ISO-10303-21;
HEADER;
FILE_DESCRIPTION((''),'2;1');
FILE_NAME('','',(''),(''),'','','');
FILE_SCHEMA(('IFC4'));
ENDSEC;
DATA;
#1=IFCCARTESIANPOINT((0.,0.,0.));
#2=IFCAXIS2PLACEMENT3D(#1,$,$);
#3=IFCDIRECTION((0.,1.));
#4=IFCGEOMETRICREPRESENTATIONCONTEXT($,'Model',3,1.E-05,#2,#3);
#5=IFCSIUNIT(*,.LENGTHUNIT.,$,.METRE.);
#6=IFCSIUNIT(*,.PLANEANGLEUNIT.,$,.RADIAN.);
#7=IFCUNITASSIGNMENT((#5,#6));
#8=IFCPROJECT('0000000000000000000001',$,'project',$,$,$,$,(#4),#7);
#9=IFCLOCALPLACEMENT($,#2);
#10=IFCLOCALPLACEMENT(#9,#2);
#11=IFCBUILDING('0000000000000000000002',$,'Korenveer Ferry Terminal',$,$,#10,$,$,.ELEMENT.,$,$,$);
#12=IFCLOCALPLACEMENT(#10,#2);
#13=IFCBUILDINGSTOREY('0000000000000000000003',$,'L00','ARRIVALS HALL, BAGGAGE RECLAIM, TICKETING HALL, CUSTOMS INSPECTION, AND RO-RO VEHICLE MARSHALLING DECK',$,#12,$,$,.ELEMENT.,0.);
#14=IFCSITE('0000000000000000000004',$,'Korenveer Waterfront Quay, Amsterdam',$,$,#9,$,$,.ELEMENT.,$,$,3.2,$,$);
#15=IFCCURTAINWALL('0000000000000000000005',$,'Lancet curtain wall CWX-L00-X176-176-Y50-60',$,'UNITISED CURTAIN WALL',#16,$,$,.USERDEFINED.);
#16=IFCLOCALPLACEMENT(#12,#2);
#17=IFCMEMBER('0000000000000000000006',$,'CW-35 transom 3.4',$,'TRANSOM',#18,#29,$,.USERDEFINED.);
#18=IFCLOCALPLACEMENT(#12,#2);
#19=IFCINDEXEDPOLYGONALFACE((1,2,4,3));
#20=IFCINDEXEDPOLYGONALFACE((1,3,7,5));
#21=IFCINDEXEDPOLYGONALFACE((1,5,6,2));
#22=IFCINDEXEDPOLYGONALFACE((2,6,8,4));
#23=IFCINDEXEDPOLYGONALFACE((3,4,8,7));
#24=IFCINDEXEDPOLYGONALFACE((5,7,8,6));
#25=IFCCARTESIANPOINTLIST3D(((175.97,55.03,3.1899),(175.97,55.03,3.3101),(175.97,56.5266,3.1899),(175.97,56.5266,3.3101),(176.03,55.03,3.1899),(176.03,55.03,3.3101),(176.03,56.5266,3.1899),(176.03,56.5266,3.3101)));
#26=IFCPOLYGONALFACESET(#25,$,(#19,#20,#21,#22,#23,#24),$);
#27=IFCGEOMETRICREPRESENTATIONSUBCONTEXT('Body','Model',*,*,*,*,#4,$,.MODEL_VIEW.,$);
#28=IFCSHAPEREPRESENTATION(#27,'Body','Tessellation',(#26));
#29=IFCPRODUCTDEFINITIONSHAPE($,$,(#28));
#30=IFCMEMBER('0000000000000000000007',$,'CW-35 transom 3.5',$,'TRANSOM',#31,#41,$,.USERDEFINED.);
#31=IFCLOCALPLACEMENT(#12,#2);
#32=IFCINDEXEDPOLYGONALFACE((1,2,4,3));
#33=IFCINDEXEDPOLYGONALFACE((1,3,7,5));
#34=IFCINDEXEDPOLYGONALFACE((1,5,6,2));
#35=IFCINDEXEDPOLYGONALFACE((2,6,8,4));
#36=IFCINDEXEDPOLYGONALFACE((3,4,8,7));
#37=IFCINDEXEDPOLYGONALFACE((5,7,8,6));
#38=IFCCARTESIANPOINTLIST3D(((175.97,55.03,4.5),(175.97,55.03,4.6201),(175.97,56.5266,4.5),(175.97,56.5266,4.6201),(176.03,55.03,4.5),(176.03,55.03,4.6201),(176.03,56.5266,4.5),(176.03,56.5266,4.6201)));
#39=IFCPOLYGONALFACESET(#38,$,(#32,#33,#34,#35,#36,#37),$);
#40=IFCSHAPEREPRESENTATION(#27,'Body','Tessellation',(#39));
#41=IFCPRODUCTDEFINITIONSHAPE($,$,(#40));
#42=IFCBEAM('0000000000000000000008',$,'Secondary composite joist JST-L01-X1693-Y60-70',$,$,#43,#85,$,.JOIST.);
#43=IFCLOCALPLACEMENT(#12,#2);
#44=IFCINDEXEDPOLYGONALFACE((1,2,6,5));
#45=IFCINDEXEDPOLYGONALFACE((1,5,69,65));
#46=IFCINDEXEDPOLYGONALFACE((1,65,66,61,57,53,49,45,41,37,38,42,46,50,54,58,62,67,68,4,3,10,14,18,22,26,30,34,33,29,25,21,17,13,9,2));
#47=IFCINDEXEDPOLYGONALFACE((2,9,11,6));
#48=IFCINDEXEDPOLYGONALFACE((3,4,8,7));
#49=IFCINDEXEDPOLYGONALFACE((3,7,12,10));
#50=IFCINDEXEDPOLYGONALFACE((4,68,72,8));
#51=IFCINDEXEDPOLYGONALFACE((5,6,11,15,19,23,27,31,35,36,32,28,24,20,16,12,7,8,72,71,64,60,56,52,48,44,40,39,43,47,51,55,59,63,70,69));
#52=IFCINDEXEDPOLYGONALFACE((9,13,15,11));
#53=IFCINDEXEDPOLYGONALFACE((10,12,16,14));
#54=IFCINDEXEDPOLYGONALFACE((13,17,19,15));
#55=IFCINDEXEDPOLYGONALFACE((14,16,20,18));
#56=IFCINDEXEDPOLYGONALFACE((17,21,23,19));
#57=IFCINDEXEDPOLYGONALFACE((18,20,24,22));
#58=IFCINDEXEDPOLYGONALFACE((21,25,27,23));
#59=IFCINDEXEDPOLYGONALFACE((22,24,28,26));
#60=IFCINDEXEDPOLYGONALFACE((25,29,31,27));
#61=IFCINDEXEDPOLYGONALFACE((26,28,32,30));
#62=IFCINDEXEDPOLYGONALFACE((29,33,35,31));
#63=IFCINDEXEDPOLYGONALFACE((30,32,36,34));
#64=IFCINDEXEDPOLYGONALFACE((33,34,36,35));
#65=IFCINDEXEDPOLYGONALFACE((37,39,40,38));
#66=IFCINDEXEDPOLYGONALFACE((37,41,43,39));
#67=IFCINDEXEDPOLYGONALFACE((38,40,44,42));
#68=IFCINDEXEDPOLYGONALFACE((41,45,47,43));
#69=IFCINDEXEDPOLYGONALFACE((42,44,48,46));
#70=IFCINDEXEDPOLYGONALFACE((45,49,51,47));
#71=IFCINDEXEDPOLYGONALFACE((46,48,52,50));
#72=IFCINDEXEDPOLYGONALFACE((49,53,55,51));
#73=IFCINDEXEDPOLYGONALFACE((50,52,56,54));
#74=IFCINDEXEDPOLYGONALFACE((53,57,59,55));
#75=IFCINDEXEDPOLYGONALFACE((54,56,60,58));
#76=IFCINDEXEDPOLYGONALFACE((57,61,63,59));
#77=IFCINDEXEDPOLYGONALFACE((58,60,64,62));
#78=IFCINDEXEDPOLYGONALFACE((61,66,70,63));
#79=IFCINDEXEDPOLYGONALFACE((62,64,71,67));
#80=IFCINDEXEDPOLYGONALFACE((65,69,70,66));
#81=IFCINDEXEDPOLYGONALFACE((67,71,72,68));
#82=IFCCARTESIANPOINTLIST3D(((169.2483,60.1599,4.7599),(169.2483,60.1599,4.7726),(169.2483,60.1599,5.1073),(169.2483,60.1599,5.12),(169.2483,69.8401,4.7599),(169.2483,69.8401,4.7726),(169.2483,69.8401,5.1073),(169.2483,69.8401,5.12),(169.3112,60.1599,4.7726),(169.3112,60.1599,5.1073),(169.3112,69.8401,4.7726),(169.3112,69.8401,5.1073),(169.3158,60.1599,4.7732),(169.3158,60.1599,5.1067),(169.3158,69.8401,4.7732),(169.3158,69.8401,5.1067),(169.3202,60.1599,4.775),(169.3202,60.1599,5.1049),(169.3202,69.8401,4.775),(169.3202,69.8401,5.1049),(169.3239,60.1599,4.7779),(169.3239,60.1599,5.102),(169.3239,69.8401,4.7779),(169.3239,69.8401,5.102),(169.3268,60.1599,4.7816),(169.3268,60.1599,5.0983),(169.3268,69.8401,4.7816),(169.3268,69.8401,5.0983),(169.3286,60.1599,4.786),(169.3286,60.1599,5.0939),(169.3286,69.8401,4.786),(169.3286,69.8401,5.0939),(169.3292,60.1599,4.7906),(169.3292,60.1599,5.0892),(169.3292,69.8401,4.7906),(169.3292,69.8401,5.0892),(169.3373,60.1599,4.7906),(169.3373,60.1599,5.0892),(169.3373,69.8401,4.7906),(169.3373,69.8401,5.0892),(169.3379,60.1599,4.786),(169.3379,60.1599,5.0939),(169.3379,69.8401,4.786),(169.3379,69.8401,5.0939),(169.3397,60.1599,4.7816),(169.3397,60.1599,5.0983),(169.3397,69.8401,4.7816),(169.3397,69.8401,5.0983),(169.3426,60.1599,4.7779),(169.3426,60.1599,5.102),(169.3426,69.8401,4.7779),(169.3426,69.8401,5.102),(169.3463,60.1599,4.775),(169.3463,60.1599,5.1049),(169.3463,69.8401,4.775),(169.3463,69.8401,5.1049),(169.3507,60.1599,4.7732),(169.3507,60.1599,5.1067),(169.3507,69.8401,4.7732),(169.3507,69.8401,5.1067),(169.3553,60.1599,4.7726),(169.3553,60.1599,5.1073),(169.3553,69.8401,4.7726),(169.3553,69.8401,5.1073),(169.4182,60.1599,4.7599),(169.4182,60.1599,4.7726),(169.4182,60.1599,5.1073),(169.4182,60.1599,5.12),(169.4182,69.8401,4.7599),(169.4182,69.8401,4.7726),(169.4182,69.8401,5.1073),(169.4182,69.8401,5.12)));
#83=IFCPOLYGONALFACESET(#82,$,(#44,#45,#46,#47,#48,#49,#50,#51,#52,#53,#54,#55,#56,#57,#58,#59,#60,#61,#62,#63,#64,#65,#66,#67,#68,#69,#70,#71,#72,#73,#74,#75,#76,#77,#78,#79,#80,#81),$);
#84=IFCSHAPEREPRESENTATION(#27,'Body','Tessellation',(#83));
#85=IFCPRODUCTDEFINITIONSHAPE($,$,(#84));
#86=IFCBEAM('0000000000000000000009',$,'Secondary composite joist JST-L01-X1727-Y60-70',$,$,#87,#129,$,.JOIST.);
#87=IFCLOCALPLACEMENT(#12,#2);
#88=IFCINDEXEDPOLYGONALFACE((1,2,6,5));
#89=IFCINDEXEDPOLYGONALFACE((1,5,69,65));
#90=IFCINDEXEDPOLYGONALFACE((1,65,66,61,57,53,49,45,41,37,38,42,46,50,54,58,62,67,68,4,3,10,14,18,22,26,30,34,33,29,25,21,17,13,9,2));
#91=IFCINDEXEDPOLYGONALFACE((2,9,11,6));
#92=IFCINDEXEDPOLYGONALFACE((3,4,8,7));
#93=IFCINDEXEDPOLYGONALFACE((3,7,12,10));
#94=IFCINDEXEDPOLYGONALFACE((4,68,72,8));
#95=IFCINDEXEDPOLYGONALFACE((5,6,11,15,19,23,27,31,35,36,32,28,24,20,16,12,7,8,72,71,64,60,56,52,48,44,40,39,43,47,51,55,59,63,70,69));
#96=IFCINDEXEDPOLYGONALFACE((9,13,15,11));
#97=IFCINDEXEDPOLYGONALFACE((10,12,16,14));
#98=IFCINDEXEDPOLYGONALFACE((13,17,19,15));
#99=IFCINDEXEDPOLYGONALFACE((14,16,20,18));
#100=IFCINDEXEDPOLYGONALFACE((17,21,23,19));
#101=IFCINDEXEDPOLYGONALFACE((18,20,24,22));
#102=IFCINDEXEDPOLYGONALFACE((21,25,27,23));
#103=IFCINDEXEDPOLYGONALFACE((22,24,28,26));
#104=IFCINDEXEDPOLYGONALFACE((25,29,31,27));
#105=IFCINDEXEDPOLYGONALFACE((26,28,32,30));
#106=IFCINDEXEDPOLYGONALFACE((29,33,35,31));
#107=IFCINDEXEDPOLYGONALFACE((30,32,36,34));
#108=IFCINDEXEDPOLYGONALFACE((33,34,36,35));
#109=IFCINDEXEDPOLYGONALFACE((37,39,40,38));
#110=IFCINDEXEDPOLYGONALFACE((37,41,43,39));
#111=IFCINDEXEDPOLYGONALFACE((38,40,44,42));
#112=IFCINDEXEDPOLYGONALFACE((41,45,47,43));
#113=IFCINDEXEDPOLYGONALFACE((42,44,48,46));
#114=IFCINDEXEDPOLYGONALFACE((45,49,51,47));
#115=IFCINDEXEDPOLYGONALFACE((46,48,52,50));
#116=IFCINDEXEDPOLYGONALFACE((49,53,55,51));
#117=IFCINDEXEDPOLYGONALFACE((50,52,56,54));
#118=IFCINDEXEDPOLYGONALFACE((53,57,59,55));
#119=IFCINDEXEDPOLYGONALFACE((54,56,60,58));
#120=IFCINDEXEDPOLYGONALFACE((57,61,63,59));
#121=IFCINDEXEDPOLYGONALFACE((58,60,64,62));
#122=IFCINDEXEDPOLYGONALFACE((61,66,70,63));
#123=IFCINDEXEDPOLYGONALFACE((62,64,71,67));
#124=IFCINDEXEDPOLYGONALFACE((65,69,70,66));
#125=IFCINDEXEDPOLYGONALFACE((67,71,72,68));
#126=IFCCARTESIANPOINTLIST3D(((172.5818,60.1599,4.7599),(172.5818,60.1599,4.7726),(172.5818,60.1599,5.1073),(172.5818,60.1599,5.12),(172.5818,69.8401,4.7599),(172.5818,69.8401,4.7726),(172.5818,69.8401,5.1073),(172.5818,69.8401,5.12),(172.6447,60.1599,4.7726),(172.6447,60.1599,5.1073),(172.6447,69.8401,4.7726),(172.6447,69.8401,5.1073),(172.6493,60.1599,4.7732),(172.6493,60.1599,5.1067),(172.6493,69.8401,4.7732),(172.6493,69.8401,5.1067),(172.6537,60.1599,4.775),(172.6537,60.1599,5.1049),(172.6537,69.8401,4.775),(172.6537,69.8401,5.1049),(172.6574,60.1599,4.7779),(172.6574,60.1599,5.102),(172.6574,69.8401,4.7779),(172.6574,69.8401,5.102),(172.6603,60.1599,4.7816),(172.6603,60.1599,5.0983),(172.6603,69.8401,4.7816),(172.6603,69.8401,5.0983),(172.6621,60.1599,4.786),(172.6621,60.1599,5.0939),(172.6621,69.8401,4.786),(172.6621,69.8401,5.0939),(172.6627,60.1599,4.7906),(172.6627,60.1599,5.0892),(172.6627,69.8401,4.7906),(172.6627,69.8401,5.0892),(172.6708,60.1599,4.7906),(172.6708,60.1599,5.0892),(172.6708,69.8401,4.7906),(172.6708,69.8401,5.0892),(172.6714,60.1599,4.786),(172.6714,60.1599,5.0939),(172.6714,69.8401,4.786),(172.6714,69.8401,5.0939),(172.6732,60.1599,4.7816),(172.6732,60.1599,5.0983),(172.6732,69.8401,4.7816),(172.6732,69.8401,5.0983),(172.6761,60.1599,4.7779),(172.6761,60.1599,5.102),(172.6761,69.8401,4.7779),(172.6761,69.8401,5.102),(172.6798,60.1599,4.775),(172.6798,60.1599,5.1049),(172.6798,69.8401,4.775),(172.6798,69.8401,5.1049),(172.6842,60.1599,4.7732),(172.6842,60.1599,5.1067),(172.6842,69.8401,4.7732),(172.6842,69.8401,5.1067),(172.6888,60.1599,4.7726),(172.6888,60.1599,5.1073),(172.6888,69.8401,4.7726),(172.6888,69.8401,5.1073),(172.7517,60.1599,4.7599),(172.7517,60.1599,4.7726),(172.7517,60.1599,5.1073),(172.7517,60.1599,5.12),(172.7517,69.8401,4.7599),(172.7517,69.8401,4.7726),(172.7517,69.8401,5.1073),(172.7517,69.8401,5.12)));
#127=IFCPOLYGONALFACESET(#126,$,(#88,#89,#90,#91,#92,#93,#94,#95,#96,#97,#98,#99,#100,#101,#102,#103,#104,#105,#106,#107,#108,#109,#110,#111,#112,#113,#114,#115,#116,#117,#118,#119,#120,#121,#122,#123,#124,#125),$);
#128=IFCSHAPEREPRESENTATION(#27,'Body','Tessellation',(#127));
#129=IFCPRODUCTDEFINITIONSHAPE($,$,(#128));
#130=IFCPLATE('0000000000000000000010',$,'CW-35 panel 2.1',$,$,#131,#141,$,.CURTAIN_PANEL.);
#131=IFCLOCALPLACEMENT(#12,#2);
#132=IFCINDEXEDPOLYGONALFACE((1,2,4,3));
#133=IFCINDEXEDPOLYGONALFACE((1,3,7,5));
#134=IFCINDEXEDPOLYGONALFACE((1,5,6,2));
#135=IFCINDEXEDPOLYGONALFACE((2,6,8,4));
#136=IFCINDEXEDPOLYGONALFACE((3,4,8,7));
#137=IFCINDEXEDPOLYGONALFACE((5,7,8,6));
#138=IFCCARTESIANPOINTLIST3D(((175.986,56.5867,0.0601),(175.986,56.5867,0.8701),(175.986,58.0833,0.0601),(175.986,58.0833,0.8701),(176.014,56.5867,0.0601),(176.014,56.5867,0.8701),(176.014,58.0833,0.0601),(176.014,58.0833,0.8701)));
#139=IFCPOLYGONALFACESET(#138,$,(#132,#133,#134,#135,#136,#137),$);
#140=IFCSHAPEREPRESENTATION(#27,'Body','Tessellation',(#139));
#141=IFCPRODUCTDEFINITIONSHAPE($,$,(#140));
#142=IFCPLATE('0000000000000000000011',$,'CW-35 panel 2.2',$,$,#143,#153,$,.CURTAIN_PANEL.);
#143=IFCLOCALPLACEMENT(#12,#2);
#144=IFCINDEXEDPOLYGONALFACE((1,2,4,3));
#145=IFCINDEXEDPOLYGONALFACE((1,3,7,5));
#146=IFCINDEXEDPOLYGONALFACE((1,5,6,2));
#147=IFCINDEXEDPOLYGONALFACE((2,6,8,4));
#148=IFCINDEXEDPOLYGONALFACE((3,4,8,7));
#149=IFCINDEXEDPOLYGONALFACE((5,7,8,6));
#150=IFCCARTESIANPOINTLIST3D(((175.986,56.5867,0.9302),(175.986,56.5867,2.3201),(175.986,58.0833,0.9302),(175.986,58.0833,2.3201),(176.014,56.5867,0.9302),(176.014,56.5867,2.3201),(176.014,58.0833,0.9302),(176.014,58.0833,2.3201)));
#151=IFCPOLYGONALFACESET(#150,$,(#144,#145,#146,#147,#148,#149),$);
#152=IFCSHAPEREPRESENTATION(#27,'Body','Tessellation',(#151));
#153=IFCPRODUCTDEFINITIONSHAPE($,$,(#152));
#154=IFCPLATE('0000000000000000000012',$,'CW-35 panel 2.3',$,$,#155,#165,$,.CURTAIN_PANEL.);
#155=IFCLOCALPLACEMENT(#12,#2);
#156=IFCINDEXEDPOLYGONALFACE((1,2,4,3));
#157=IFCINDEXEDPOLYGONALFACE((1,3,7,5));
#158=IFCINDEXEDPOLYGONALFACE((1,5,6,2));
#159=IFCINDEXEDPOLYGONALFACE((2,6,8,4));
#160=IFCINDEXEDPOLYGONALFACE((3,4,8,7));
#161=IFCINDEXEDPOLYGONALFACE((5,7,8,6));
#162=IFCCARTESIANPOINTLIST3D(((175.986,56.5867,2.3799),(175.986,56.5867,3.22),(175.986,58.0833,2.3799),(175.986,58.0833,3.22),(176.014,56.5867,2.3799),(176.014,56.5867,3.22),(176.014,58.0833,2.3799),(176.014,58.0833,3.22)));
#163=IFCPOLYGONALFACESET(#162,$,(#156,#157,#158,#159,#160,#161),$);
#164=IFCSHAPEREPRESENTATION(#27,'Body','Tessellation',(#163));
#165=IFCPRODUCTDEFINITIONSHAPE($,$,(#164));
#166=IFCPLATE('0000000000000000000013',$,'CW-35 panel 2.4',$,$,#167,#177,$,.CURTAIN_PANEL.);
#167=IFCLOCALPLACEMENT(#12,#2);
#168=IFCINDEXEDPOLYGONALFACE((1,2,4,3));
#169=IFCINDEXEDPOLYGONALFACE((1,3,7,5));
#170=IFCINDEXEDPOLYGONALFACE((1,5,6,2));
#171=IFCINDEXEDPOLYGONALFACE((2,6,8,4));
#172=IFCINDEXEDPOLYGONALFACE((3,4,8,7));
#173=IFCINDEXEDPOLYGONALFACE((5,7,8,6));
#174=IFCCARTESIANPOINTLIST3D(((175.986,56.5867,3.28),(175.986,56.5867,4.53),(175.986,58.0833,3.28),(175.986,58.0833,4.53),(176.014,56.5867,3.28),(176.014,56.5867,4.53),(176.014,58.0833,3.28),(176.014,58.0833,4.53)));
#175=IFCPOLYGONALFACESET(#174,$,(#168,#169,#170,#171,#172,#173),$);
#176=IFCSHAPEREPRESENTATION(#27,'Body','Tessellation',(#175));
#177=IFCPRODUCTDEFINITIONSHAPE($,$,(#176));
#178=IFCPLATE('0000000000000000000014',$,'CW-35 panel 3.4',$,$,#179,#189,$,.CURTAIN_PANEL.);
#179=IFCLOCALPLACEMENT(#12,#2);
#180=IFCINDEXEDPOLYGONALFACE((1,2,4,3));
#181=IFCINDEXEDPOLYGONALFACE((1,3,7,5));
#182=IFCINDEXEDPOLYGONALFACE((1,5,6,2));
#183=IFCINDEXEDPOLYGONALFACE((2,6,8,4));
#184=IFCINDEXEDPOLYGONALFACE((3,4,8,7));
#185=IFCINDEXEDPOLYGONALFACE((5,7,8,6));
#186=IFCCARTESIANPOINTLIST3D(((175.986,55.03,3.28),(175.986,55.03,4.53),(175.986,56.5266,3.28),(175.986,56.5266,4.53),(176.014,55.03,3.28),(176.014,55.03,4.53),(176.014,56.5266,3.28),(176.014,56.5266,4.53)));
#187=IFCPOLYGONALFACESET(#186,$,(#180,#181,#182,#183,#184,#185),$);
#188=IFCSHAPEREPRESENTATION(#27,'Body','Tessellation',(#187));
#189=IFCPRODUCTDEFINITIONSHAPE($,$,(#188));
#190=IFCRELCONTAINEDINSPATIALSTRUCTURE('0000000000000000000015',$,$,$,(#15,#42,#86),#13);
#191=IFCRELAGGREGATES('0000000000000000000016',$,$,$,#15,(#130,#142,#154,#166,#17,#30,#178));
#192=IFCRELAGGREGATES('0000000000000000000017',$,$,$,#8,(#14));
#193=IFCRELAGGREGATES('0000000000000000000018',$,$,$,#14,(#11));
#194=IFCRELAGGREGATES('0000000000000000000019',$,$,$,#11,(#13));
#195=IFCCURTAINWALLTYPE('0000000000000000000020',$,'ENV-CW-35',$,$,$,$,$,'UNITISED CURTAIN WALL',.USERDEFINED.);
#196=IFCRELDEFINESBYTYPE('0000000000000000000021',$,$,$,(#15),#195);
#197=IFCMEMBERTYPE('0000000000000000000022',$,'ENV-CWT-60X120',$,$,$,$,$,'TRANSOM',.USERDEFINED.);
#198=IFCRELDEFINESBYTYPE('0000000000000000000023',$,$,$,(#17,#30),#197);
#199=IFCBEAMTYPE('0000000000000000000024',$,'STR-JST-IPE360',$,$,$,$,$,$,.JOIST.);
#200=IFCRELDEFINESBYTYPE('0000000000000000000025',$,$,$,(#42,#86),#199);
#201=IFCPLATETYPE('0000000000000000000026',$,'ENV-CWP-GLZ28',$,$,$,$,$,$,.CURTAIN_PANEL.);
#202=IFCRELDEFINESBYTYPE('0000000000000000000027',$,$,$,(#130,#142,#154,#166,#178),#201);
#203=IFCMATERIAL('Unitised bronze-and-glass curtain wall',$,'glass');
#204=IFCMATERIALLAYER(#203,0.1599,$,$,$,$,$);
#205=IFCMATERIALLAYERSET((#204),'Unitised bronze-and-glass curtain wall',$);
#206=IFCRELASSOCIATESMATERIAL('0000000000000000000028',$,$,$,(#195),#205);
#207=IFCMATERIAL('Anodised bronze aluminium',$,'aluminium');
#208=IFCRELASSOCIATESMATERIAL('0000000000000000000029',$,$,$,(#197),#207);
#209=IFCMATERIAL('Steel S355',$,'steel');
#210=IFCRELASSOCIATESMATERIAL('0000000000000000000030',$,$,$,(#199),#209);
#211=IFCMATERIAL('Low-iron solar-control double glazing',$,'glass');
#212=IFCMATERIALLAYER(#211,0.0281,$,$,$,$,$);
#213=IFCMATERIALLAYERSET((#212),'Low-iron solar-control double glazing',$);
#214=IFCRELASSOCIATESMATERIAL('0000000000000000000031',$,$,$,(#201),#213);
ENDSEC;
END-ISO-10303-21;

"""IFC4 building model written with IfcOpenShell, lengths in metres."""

from ifc_helpers import new_model, si_unit, direction, frame, origin, origin_2d, place, context, subcontext, project, spatial, rectangle, i_section, extrude, material, layer, layer_set, material_profile, profile_set, type_object, element, aggregate, save


model = new_model("IFC4")

# Units and contexts
model_context = context("Model", 3, precision=1e-05, world=origin(), true_north=direction((0.0, 1.0)))
body_context = subcontext(model_context, "Body", "Model", "MODEL_VIEW")
ifc_project = project(units=[si_unit("LENGTHUNIT", "METRE"), si_unit("PLANEANGLEUNIT", "RADIAN")], contexts=[model_context])

# Site, building, storey
site_placement = place(None, origin())
site = spatial("IfcSite", under=ifc_project, at=site_placement, Name="Korenveer Waterfront Quay, Amsterdam", CompositionType="ELEMENT", RefElevation=3.2)
building_placement = place(site_placement, origin())
building = spatial("IfcBuilding", under=site, at=building_placement, Name="Korenveer Ferry Terminal", CompositionType="ELEMENT")
storey_placement = place(building_placement, origin())
storey = spatial("IfcBuildingStorey", under=building, at=storey_placement, Name="L00", Description="ARRIVALS HALL, BAGGAGE RECLAIM, TICKETING HALL, CUSTOMS INSPECTION, AND RO-RO VEHICLE MARSHALLING DECK", CompositionType="ELEMENT", Elevation=0.0)

# Curtain wall, members
ifc_material_1 = material(Name="Unitised bronze-and-glass curtain wall", Category="glass")
ifc_layer_1 = layer(ifc_material_1, 0.1599)
ifc_layer_set_1 = layer_set([ifc_layer_1], Name="Unitised bronze-and-glass curtain wall")
curtain_wall_type = type_object("IfcCurtainWallType", Name="ENV-CW-35", ElementType="UNITISED CURTAIN WALL", PredefinedType="USERDEFINED", material=ifc_layer_set_1)
curtain_wall_placement = place(storey_placement, frame((176.0, 59.6699, 0.0)))
curtain_wall = element("IfcCurtainWall", 1, at=curtain_wall_placement, inside=storey, type_object=curtain_wall_type, Name="Lancet curtain wall CWX-L00-X176-176-Y50-60", ObjectType="UNITISED CURTAIN WALL", PredefinedType="USERDEFINED")
ifc_material_2 = material(Name="Anodised bronze aluminium", Category="aluminium")
ifc_material_profile_1 = material_profile(ifc_material_2, rectangle(XDim=0.0601, YDim=0.1201, at=origin_2d()), Name="ALU 60x120")
ifc_profile_set_1 = profile_set([ifc_material_profile_1], Name="Anodised bronze aluminium")
member_type_1 = type_object("IfcMemberType", Name="ENV-CWT-60X120", ElementType="TRANSOM", PredefinedType="USERDEFINED", material=ifc_profile_set_1)
member_1_placement = place(storey_placement, frame((176.0, 56.5266, 3.25), z_axis=(0.0, -1.0, 0.0), x_axis=(1.0, 0.0, 0.0)))
member_1 = element("IfcMember", 2, at=member_1_placement, type_object=member_type_1, Name="CW-35 transom 3.4", ObjectType="TRANSOM", PredefinedType="USERDEFINED", context=body_context, shape_type="SweptSolid", body=[
    extrude(rectangle(XDim=0.0601, YDim=0.1201, at=origin_2d()), origin(), (0.0, 0.0, 1.0), 1.4966),
])
member_2_placement = place(storey_placement, frame((176.0, 56.5266, 4.5601), z_axis=(0.0, -1.0, 0.0), x_axis=(1.0, 0.0, 0.0)))
member_2 = element("IfcMember", 3, at=member_2_placement, type_object=member_type_1, Name="CW-35 transom 3.5", ObjectType="TRANSOM", PredefinedType="USERDEFINED", context=body_context, shape_type="SweptSolid", body=[
    extrude(rectangle(XDim=0.0601, YDim=0.1201, at=origin_2d()), origin(), (0.0, 0.0, 1.0), 1.4966),
])

# Beams
ifc_material_3 = material(Name="Steel S355", Category="steel")
ifc_material_profile_2 = material_profile(ifc_material_3, i_section(OverallWidth=0.1699, OverallDepth=0.3601, WebThickness=0.0081, FlangeThickness=0.0127, FilletRadius=0.0181, at=origin_2d()), Name="IPE 360")
ifc_profile_set_2 = profile_set([ifc_material_profile_2], Name="Steel S355")
beam_type = type_object("IfcBeamType", Name="STR-JST-IPE360", PredefinedType="JOIST", material=ifc_profile_set_2)
for number, where, z_axis, x_axis, name in (
    (4, (169.3333, 60.1599, 4.9399), (0.0, 1.0, 0.0), (-1.0, 0.0, 0.0), "Secondary composite joist JST-L01-X1693-Y60-70"),
    (5, (172.6667, 60.1599, 4.9399), (0.0, 1.0, 0.0), (-1.0, 0.0, 0.0), "Secondary composite joist JST-L01-X1727-Y60-70"),
):
    element("IfcBeam", number, at=place(storey_placement, frame(where, z_axis=z_axis, x_axis=x_axis)), inside=storey, type_object=beam_type, Name=name, PredefinedType="JOIST", context=body_context, shape_type="SweptSolid", body=[
        extrude(i_section(OverallWidth=0.1699, OverallDepth=0.3601, WebThickness=0.0081, FlangeThickness=0.0127, FilletRadius=0.0181, at=origin_2d()), origin(), (0.0, 0.0, 1.0), 9.6802),
    ])

# Plates
ifc_material_4 = material(Name="Low-iron solar-control double glazing", Category="glass")
ifc_layer_2 = layer(ifc_material_4, 0.0281)
ifc_layer_set_2 = layer_set([ifc_layer_2], Name="Low-iron solar-control double glazing")
plate_type_1 = type_object("IfcPlateType", Name="ENV-CWP-GLZ28", PredefinedType="CURTAIN_PANEL", material=ifc_layer_set_2)
plate_1_placement = place(storey_placement, frame((176.0, 57.335, 0.0601), z_axis=(0.0, 0.0, 1.0), x_axis=(0.0, -1.0, 0.0)))
plate_1 = element("IfcPlate", 6, at=plate_1_placement, type_object=plate_type_1, Name="CW-35 panel 2.1", PredefinedType="CURTAIN_PANEL", context=body_context, shape_type="SweptSolid", body=[
    extrude(rectangle(XDim=1.4966, YDim=0.0281, at=origin_2d()), origin(), (0.0, 0.0, 1.0), 0.8101),
])
plate_2_placement = place(storey_placement, frame((176.0, 57.335, 0.9302), z_axis=(0.0, 0.0, 1.0), x_axis=(0.0, -1.0, 0.0)))
plate_2 = element("IfcPlate", 7, at=plate_2_placement, type_object=plate_type_1, Name="CW-35 panel 2.2", PredefinedType="CURTAIN_PANEL", context=body_context, shape_type="SweptSolid", body=[
    extrude(rectangle(XDim=1.4966, YDim=0.0281, at=origin_2d()), origin(), (0.0, 0.0, 1.0), 1.3899),
])
plate_3_placement = place(storey_placement, frame((176.0, 57.335, 2.3799), z_axis=(0.0, 0.0, 1.0), x_axis=(0.0, -1.0, 0.0)))
plate_3 = element("IfcPlate", 8, at=plate_3_placement, type_object=plate_type_1, Name="CW-35 panel 2.3", PredefinedType="CURTAIN_PANEL", context=body_context, shape_type="SweptSolid", body=[
    extrude(rectangle(XDim=1.4966, YDim=0.0281, at=origin_2d()), origin(), (0.0, 0.0, 1.0), 0.8401),
])
plate_4_placement = place(storey_placement, frame((176.0, 57.335, 3.28), z_axis=(0.0, 0.0, 1.0), x_axis=(0.0, -1.0, 0.0)))
plate_4 = element("IfcPlate", 9, at=plate_4_placement, type_object=plate_type_1, Name="CW-35 panel 2.4", PredefinedType="CURTAIN_PANEL", context=body_context, shape_type="SweptSolid", body=[
    extrude(rectangle(XDim=1.4966, YDim=0.0281, at=origin_2d()), origin(), (0.0, 0.0, 1.0), 1.25),
])
plate_5_placement = place(storey_placement, frame((176.0, 55.7783, 3.28), z_axis=(0.0, 0.0, 1.0), x_axis=(0.0, -1.0, 0.0)))
plate_5 = element("IfcPlate", 10, at=plate_5_placement, type_object=plate_type_1, Name="CW-35 panel 3.4", PredefinedType="CURTAIN_PANEL", context=body_context, shape_type="SweptSolid", body=[
    extrude(rectangle(XDim=1.4966, YDim=0.0281, at=origin_2d()), origin(), (0.0, 0.0, 1.0), 1.25),
])
aggregate(curtain_wall, [plate_1, plate_2, plate_3, plate_4, member_1, member_2, plate_5])

save(model, "model.ifc")
